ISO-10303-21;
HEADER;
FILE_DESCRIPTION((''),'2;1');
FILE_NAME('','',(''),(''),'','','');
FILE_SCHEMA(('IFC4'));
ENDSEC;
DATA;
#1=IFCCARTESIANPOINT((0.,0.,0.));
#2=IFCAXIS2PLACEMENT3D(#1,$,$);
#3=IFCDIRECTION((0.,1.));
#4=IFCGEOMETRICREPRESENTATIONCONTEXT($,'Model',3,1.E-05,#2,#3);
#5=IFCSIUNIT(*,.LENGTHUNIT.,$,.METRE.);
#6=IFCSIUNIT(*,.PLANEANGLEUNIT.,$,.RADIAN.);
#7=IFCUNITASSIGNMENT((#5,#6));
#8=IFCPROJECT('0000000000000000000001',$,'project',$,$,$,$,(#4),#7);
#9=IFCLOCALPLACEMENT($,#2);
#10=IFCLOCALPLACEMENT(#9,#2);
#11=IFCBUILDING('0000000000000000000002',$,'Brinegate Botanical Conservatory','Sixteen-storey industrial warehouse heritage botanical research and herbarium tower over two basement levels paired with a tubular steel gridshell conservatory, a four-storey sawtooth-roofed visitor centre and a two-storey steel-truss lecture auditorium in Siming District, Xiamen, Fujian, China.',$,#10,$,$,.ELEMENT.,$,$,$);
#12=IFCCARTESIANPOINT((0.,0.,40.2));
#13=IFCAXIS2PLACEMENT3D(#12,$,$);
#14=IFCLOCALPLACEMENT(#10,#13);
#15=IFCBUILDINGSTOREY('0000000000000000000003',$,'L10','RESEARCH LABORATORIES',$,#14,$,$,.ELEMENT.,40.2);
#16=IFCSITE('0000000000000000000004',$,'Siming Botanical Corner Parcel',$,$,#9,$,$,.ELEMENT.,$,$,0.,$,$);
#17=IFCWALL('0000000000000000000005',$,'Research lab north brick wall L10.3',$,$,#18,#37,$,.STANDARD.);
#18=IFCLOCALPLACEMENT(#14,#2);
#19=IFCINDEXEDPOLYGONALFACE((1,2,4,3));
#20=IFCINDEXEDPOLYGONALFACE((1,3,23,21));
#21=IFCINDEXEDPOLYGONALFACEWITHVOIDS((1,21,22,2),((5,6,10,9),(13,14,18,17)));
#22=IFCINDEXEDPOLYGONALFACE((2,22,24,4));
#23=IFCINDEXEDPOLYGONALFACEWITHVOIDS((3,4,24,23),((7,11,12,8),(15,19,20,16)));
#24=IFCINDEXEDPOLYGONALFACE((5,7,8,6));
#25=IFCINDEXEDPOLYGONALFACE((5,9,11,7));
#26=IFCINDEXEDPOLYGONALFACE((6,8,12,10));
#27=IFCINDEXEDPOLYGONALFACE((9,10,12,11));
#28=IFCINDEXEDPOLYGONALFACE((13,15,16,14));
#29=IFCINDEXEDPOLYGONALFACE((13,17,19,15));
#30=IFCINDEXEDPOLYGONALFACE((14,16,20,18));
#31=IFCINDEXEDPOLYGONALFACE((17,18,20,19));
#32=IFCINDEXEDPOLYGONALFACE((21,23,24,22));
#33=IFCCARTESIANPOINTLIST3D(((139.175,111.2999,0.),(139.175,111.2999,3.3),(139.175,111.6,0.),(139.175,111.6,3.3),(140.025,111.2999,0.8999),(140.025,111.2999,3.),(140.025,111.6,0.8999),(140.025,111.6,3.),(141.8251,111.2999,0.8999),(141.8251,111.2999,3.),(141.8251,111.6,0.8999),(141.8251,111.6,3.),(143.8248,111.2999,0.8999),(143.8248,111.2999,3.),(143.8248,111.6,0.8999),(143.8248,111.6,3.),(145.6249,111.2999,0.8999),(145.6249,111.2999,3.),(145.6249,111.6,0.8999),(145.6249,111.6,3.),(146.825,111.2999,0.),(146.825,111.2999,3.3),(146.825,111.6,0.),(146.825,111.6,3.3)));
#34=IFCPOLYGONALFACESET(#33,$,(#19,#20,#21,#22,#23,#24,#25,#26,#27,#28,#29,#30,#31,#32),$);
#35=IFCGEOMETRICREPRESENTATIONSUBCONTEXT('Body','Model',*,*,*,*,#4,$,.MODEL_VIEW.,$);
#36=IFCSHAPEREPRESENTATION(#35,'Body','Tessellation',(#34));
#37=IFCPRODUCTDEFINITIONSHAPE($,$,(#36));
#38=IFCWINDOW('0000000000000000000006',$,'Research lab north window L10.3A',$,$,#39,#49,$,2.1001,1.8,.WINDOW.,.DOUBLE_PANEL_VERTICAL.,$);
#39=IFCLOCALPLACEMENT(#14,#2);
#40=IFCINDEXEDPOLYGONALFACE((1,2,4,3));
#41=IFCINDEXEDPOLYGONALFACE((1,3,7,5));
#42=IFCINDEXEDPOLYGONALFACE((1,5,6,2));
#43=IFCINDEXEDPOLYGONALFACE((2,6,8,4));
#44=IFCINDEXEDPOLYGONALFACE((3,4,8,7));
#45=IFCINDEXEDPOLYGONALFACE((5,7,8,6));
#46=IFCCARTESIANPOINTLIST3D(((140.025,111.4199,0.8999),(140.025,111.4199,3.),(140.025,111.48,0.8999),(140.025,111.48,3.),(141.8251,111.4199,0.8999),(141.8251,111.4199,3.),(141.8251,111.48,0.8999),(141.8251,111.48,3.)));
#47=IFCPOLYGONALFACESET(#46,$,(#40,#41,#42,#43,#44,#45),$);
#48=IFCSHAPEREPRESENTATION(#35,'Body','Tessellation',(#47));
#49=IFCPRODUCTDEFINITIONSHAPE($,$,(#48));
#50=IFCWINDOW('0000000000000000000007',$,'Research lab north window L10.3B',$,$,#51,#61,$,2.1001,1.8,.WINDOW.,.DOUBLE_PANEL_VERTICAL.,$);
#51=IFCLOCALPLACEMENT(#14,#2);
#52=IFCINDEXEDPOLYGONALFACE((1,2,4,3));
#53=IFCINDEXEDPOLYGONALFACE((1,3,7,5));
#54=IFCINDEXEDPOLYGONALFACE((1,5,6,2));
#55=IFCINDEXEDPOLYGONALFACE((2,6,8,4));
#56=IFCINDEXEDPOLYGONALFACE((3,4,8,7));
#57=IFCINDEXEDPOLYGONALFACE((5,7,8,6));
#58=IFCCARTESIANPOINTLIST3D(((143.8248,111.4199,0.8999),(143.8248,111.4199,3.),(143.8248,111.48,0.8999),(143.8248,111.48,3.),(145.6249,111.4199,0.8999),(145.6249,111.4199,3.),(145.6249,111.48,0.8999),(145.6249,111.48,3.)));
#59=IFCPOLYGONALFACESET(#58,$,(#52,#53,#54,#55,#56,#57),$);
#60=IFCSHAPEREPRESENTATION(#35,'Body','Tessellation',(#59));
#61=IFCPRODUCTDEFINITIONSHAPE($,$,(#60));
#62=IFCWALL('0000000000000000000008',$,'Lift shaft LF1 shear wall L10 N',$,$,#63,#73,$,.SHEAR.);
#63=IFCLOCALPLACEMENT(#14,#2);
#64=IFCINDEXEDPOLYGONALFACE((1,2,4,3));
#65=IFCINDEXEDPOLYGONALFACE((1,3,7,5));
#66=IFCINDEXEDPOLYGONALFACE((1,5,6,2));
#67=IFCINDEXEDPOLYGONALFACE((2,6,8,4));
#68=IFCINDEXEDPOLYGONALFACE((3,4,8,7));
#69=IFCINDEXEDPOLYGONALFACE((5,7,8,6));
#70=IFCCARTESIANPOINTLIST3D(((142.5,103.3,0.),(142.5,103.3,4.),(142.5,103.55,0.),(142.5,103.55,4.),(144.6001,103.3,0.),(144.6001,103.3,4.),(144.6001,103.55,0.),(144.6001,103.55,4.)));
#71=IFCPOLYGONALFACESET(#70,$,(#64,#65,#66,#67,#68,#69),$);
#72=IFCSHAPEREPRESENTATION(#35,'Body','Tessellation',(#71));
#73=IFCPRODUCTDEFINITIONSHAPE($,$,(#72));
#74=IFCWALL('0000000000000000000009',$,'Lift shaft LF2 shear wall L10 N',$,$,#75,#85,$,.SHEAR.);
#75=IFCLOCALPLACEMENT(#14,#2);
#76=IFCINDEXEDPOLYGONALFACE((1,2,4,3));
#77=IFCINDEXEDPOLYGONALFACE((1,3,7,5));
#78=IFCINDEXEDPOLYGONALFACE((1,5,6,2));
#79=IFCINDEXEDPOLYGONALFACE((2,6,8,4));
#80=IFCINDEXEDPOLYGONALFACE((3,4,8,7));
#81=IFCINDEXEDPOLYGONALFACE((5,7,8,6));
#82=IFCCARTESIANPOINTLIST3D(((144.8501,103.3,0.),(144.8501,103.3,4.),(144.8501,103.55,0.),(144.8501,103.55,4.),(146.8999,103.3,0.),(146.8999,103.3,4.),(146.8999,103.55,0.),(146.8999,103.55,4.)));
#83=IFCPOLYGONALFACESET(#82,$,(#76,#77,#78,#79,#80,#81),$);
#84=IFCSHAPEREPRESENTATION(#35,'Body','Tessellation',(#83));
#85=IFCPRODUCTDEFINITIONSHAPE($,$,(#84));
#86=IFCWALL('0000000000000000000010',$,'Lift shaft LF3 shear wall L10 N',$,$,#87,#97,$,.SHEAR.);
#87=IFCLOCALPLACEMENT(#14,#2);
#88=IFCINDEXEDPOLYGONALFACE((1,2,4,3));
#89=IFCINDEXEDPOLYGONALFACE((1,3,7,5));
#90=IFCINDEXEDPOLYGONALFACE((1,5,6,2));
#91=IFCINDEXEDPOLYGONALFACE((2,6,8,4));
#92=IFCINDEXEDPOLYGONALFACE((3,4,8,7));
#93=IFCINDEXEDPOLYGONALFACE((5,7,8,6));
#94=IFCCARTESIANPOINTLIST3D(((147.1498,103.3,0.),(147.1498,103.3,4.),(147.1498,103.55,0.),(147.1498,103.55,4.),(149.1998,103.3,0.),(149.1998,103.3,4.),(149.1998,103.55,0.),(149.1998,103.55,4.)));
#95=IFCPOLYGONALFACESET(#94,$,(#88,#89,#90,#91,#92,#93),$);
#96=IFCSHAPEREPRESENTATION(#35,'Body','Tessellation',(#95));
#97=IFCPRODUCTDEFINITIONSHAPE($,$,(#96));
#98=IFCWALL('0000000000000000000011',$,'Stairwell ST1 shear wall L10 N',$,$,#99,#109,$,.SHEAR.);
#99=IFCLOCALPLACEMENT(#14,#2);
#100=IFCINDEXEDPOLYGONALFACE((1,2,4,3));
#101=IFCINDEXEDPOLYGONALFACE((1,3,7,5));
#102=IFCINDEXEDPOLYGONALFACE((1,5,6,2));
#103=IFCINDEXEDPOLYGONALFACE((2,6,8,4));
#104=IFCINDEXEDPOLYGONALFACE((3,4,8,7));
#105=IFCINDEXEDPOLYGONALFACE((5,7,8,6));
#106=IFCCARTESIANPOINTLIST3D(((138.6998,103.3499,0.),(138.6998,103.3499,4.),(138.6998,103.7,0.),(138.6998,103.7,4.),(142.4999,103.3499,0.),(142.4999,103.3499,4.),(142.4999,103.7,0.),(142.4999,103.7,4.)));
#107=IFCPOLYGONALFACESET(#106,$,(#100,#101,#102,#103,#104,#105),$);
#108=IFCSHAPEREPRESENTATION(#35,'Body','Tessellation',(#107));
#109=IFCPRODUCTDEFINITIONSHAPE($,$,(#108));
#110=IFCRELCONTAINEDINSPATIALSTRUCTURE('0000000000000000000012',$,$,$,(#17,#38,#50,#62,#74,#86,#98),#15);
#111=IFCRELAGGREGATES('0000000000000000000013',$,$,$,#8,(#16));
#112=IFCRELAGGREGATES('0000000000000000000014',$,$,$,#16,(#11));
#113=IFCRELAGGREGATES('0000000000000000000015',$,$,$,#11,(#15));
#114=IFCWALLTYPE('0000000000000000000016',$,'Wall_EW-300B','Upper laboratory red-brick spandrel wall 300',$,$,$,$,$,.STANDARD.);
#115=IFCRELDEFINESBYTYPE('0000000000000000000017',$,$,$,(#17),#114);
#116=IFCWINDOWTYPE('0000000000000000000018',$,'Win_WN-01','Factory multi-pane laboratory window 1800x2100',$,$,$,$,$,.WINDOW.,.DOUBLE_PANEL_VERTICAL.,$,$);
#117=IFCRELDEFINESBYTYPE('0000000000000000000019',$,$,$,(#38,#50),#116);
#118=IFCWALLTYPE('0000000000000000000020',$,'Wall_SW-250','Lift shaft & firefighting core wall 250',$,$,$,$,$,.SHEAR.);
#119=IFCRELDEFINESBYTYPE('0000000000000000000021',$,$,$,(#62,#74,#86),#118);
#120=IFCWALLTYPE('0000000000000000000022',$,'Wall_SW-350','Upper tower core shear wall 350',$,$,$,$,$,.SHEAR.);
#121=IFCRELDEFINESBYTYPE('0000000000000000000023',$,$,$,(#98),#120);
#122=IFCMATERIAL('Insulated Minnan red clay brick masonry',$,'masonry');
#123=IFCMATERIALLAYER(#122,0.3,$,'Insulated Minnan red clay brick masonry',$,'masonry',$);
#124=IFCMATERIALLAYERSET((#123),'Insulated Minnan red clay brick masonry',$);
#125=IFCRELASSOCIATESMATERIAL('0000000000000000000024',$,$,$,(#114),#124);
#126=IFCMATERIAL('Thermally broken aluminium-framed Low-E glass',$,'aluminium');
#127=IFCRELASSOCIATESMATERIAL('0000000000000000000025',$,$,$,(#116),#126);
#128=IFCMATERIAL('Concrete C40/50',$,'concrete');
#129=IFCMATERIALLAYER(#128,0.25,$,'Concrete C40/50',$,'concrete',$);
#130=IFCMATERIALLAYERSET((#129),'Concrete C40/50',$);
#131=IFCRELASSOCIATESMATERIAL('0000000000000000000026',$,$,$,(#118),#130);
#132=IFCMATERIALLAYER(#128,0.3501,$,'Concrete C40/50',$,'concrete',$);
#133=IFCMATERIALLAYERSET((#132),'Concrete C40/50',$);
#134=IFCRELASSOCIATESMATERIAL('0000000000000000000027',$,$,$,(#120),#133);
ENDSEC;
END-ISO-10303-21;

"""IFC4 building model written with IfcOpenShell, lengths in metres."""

from ifc_helpers import new_model, si_unit, direction, frame, frame_2d, origin, place, context, subcontext, project, spatial, rectangle, extrude, material, layer, layer_set, type_object, element, fill, save


model = new_model("IFC4")

# Units and contexts
model_context = context("Model", 3, precision=1e-05, world=origin(), true_north=direction((0.0, 1.0)))
body_context = subcontext(model_context, "Body", "Model", "MODEL_VIEW")
ifc_project = project(units=[si_unit("LENGTHUNIT", "METRE"), si_unit("PLANEANGLEUNIT", "RADIAN")], contexts=[model_context])

# Site, building, storey
site_placement = place(None, origin())
site = spatial("IfcSite", under=ifc_project, at=site_placement, Name="Siming Botanical Corner Parcel", CompositionType="ELEMENT", RefElevation=0.0)
building_placement = place(site_placement, origin())
building = spatial("IfcBuilding", under=site, at=building_placement, Name="Brinegate Botanical Conservatory", Description="Sixteen-storey industrial warehouse heritage botanical research and herbarium tower over two basement levels paired with a tubular steel gridshell conservatory, a four-storey sawtooth-roofed visitor centre and a two-storey steel-truss lecture auditorium in Siming District, Xiamen, Fujian, China.", CompositionType="ELEMENT")
storey_placement = place(building_placement, frame((0.0, 0.0, 40.2)))
storey = spatial("IfcBuildingStorey", under=building, at=storey_placement, Name="L10", Description="RESEARCH LABORATORIES", CompositionType="ELEMENT", Elevation=40.2)

# Shared definitions
ifc_material_1 = material(Name="Concrete C40/50", Category="concrete")

# Wall, openings, windows
ifc_material_2 = material(Name="Insulated Minnan red clay brick masonry", Category="masonry")
ifc_layer_1 = layer(ifc_material_2, 0.3, Name="Insulated Minnan red clay brick masonry", Category="masonry")
ifc_layer_set_1 = layer_set([ifc_layer_1], Name="Insulated Minnan red clay brick masonry")
wall_type_1 = type_object("IfcWallType", Name="Wall_EW-300B", Description="Upper laboratory red-brick spandrel wall 300", PredefinedType="STANDARD", material=ifc_layer_set_1)
wall_1_placement = place(storey_placement, frame((139.175, 111.45, 0.0), z_axis=(0.0, 0.0, 1.0), x_axis=(1.0, 0.0, 0.0)))
wall_1 = element("IfcWall", 1, at=wall_1_placement, inside=storey, type_object=wall_type_1, Name="Research lab north brick wall L10.3", PredefinedType="STANDARD", context=body_context, shape_type="SweptSolid", body=[
    extrude(rectangle(XDim=7.6499, YDim=0.3, at=frame_2d((3.825, 0.0))), origin(), (0.0, 0.0, 1.0), 3.3),
])
opening_1_placement = place(wall_1_placement, frame((0.8501, 0.0, 0.8999)))
opening_1 = element("IfcOpeningElement", 2, at=opening_1_placement, cuts=wall_1, PredefinedType="OPENING", context=body_context, shape_type="SweptSolid", body=[
    extrude(rectangle(XDim=1.8, YDim=2.1001, at=frame_2d((0.8999, 1.05))), frame((0.0, 0.1599, 0.0), z_axis=(0.0, -1.0, 0.0), x_axis=(1.0, 0.0, 0.0)), (0.0, 0.0, 1.0), 0.3201),
])
opening_2_placement = place(wall_1_placement, frame((4.6499, 0.0, 0.8999)))
opening_2 = element("IfcOpeningElement", 3, at=opening_2_placement, cuts=wall_1, PredefinedType="OPENING", context=body_context, shape_type="SweptSolid", body=[
    extrude(rectangle(XDim=1.8, YDim=2.1001, at=frame_2d((0.8999, 1.05))), frame((0.0, 0.1599, 0.0), z_axis=(0.0, -1.0, 0.0), x_axis=(1.0, 0.0, 0.0)), (0.0, 0.0, 1.0), 0.3201),
])
ifc_material_3 = material(Name="Thermally broken aluminium-framed Low-E glass", Category="aluminium")
window_type = type_object("IfcWindowType", Name="Win_WN-01", Description="Factory multi-pane laboratory window 1800x2100", PartitioningType="DOUBLE_PANEL_VERTICAL", PredefinedType="WINDOW", material=ifc_material_3)
window_1_placement = place(opening_1_placement, origin())
window_1 = element("IfcWindow", 4, at=window_1_placement, inside=storey, type_object=window_type, Name="Research lab north window L10.3A", OverallHeight=2.1001, OverallWidth=1.8, PartitioningType="DOUBLE_PANEL_VERTICAL", PredefinedType="WINDOW", context=body_context, shape_type="SweptSolid", body=[
    extrude(rectangle(XDim=1.8, YDim=2.1001, at=frame_2d((0.8999, 1.05))), frame((0.0, 0.03, 0.0), z_axis=(0.0, -1.0, 0.0), x_axis=(1.0, 0.0, 0.0)), (0.0, 0.0, 1.0), 0.0601),
])
fill(opening_1, window_1)
window_2_placement = place(opening_2_placement, origin())
window_2 = element("IfcWindow", 5, at=window_2_placement, inside=storey, type_object=window_type, Name="Research lab north window L10.3B", OverallHeight=2.1001, OverallWidth=1.8, PartitioningType="DOUBLE_PANEL_VERTICAL", PredefinedType="WINDOW", context=body_context, shape_type="SweptSolid", body=[
    extrude(rectangle(XDim=1.8, YDim=2.1001, at=frame_2d((0.8999, 1.05))), frame((0.0, 0.03, 0.0), z_axis=(0.0, -1.0, 0.0), x_axis=(1.0, 0.0, 0.0)), (0.0, 0.0, 1.0), 0.0601),
])
fill(opening_2, window_2)

# Walls
ifc_layer_2 = layer(ifc_material_1, 0.25, Name="Concrete C40/50", Category="concrete")
ifc_layer_set_2 = layer_set([ifc_layer_2], Name="Concrete C40/50")
wall_type_2 = type_object("IfcWallType", Name="Wall_SW-250", Description="Lift shaft & firefighting core wall 250", PredefinedType="SHEAR", material=ifc_layer_set_2)
wall_2_placement = place(storey_placement, frame((142.5, 103.425, 0.0), z_axis=(0.0, 0.0, 1.0), x_axis=(1.0, 0.0, 0.0)))
element("IfcWall", 6, at=wall_2_placement, inside=storey, type_object=wall_type_2, Name="Lift shaft LF1 shear wall L10 N", PredefinedType="SHEAR", context=body_context, shape_type="SweptSolid", body=[
    extrude(rectangle(XDim=2.1001, YDim=0.25, at=frame_2d((1.05, 0.0))), origin(), (0.0, 0.0, 1.0), 4.0),
])
wall_3_placement = place(storey_placement, frame((144.8501, 103.425, 0.0), z_axis=(0.0, 0.0, 1.0), x_axis=(1.0, 0.0, 0.0)))
element("IfcWall", 7, at=wall_3_placement, inside=storey, type_object=wall_type_2, Name="Lift shaft LF2 shear wall L10 N", PredefinedType="SHEAR", context=body_context, shape_type="SweptSolid", body=[
    extrude(rectangle(XDim=2.0498, YDim=0.25, at=frame_2d((1.0249, 0.0))), origin(), (0.0, 0.0, 1.0), 4.0),
])

# Walls
wall_4_placement = place(storey_placement, frame((147.1499, 103.425, 0.0), z_axis=(0.0, 0.0, 1.0), x_axis=(1.0, 0.0, 0.0)))
element("IfcWall", 8, at=wall_4_placement, inside=storey, type_object=wall_type_2, Name="Lift shaft LF3 shear wall L10 N", PredefinedType="SHEAR", context=body_context, shape_type="SweptSolid", body=[
    extrude(rectangle(XDim=2.05, YDim=0.25, at=frame_2d((1.0249, 0.0))), origin(), (0.0, 0.0, 1.0), 4.0),
])
ifc_layer_3 = layer(ifc_material_1, 0.3501, Name="Concrete C40/50", Category="concrete")
ifc_layer_set_3 = layer_set([ifc_layer_3], Name="Concrete C40/50")
wall_type_3 = type_object("IfcWallType", Name="Wall_SW-350", Description="Upper tower core shear wall 350", PredefinedType="SHEAR", material=ifc_layer_set_3)
wall_5_placement = place(storey_placement, frame((138.7, 103.5249, 0.0), z_axis=(0.0, 0.0, 1.0), x_axis=(1.0, 0.0, 0.0)))
element("IfcWall", 9, at=wall_5_placement, inside=storey, type_object=wall_type_3, Name="Stairwell ST1 shear wall L10 N", PredefinedType="SHEAR", context=body_context, shape_type="SweptSolid", body=[
    extrude(rectangle(XDim=3.8, YDim=0.3501, at=frame_2d((1.8999, 0.0))), origin(), (0.0, 0.0, 1.0), 4.0),
])

save(model, "model.ifc")
